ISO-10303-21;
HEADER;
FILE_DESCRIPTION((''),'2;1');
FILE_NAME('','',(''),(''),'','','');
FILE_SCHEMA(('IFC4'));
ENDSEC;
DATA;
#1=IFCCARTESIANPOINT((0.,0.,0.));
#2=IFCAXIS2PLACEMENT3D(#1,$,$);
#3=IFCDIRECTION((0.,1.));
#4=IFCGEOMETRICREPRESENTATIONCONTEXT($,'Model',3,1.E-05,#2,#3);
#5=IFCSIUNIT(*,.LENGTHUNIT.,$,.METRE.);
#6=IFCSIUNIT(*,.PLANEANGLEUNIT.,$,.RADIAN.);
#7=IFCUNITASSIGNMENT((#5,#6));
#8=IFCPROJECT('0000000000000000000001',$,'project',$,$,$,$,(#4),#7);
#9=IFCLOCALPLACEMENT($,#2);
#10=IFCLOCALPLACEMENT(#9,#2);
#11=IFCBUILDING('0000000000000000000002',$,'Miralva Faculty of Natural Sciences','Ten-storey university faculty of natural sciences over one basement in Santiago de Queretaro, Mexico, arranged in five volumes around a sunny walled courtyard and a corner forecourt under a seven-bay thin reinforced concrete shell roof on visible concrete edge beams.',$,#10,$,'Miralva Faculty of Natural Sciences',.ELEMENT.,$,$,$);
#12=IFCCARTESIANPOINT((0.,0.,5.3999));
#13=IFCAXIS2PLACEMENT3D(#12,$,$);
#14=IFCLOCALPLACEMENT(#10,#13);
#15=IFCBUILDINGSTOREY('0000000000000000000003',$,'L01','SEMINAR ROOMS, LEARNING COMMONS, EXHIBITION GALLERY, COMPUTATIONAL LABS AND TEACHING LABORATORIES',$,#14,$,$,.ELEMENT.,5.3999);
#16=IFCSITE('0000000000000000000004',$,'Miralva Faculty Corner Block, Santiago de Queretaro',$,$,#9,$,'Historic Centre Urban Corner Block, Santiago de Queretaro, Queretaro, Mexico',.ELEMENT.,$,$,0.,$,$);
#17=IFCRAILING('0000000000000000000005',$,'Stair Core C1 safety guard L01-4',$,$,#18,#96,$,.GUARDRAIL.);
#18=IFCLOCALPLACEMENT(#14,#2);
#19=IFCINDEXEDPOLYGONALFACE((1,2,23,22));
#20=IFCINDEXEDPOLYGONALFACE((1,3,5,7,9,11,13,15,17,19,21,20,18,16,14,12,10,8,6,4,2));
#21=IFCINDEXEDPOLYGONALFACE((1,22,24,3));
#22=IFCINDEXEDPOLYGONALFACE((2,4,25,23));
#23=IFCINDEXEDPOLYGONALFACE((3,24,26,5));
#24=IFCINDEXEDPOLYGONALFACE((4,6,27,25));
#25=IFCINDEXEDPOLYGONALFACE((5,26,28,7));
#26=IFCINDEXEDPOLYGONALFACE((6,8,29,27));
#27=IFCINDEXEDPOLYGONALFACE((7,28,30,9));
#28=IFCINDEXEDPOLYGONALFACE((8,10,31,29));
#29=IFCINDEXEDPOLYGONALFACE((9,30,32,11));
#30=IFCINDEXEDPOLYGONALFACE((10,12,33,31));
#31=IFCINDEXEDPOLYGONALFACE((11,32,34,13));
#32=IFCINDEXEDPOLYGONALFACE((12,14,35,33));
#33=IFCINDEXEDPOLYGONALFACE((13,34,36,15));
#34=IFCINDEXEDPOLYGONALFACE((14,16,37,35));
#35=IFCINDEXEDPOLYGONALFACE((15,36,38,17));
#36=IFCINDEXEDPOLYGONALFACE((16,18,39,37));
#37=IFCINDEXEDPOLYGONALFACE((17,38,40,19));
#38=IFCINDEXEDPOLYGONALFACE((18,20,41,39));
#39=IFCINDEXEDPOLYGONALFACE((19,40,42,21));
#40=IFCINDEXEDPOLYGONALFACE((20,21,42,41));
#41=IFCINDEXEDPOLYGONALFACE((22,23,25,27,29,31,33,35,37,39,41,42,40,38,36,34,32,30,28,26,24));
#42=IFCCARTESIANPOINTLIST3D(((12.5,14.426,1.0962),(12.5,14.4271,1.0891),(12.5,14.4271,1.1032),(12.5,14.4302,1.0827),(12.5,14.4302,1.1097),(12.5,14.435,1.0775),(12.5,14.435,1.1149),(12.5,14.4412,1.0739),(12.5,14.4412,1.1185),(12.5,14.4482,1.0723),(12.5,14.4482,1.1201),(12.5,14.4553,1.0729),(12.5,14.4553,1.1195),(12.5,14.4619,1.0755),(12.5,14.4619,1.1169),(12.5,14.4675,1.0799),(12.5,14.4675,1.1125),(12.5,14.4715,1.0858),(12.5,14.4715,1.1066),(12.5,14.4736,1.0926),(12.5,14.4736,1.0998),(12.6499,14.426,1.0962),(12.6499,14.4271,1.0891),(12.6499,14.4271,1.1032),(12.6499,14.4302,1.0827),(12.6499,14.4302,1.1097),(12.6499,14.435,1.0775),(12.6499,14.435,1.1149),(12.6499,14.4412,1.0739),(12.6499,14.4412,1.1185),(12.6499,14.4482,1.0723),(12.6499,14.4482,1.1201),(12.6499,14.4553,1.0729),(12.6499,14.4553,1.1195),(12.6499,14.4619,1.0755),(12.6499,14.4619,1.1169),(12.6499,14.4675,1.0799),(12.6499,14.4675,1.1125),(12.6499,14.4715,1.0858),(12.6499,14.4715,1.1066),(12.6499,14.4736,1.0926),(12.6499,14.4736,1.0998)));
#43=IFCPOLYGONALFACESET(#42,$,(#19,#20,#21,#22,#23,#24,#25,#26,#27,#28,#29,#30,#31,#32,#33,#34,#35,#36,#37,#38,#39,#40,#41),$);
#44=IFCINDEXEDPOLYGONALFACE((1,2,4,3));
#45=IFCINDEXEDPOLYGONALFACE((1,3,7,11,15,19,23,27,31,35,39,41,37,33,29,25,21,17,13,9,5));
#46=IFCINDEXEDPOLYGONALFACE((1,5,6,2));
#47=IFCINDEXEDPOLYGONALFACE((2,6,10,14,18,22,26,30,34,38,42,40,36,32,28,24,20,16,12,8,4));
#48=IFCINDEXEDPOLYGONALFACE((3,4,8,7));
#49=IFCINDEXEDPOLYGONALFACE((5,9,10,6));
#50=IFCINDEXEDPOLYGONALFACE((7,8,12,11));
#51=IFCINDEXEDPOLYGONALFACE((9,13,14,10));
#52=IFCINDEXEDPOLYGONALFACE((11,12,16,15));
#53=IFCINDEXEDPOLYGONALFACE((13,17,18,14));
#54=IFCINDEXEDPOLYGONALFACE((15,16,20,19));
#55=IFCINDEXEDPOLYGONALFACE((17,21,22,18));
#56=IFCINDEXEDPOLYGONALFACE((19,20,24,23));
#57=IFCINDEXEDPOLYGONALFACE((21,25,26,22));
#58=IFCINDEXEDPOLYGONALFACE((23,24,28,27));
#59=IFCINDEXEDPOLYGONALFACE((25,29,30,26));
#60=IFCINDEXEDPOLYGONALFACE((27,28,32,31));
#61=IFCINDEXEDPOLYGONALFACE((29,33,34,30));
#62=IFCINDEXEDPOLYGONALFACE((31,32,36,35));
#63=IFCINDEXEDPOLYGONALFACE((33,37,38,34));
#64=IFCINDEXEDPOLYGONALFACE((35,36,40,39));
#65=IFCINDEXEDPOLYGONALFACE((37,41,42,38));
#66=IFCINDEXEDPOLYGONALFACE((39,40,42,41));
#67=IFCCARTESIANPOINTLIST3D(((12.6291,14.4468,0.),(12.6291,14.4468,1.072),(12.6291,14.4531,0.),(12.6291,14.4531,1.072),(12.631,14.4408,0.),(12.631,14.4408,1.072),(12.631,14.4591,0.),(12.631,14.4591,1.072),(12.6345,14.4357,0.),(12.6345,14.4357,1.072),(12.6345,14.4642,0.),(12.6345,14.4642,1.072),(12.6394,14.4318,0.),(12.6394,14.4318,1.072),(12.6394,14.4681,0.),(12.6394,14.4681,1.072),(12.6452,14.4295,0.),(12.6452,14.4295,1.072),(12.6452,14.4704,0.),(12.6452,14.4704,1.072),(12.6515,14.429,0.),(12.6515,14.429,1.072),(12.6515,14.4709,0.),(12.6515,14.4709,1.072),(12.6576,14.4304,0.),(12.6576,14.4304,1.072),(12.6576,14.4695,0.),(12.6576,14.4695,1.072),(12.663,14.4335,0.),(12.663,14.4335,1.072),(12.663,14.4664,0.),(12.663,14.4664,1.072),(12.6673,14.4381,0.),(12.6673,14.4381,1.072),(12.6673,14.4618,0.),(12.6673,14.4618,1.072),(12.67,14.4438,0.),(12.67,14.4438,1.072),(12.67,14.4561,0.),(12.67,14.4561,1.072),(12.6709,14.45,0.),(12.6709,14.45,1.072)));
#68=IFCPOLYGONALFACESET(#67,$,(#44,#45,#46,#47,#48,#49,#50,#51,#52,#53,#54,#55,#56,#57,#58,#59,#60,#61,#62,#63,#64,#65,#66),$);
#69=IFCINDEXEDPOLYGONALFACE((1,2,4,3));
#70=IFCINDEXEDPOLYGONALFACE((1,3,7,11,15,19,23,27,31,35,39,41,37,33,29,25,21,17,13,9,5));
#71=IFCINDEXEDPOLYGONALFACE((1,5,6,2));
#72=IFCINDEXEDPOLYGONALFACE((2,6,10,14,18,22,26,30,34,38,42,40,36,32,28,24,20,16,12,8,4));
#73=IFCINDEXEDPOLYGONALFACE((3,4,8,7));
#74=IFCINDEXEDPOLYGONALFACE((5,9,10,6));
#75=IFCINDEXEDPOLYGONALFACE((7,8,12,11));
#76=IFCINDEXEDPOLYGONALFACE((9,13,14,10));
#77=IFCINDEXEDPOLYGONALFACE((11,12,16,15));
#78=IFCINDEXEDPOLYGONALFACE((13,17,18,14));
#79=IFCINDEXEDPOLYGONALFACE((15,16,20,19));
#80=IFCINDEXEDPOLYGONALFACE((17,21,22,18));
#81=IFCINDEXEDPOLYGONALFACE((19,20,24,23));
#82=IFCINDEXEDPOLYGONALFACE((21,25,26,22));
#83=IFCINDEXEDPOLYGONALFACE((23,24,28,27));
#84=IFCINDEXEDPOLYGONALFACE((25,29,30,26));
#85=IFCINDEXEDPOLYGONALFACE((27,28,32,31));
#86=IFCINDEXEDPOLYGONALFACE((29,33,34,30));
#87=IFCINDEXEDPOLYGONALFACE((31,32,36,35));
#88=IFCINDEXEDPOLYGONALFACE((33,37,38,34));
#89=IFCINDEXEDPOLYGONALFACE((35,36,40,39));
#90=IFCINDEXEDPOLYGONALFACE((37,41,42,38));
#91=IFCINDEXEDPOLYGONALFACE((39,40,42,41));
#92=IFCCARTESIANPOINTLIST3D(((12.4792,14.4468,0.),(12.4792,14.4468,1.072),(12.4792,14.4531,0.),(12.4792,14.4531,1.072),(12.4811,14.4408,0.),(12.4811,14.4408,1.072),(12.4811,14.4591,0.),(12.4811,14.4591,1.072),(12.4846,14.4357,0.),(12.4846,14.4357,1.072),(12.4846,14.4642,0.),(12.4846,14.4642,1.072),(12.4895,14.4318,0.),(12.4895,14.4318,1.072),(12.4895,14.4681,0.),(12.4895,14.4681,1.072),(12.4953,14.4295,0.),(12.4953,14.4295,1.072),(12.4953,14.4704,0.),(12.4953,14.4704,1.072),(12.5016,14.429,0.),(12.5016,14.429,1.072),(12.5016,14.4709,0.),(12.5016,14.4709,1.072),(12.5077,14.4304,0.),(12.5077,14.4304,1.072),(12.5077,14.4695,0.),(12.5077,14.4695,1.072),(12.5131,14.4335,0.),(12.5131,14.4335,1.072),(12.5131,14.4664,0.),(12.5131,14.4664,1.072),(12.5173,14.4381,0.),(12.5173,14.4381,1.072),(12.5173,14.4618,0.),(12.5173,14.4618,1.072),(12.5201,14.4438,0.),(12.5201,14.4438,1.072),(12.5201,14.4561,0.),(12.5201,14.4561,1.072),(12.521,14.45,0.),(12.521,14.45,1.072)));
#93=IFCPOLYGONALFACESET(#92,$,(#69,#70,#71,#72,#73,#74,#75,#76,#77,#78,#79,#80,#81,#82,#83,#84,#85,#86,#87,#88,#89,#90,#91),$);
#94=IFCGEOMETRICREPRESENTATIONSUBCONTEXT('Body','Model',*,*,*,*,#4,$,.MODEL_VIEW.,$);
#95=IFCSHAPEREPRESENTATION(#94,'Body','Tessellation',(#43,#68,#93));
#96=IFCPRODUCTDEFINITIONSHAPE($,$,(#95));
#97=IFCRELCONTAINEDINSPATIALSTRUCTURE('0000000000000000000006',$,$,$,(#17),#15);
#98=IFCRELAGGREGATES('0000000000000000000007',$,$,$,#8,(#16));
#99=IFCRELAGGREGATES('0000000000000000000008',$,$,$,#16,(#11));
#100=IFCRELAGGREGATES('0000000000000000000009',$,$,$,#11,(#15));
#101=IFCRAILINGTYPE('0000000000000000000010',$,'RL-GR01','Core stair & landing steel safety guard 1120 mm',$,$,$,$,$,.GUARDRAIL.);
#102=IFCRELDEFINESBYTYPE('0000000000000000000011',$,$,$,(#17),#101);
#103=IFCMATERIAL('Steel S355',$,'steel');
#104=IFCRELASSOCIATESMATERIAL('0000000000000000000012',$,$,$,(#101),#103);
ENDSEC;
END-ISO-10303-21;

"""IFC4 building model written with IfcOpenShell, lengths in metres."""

from ifc_helpers import new_model, si_unit, direction, frame, origin, origin_2d, place, context, subcontext, project, spatial, circle, extrude, material, type_object, element, save


model = new_model("IFC4")

# Units and contexts
model_context = context("Model", 3, precision=1e-05, world=origin(), true_north=direction((0.0, 1.0)))
body_context = subcontext(model_context, "Body", "Model", "MODEL_VIEW")
ifc_project = project(units=[si_unit("LENGTHUNIT", "METRE"), si_unit("PLANEANGLEUNIT", "RADIAN")], contexts=[model_context])

# Site, building, storey
site_placement = place(None, origin())
site = spatial("IfcSite", under=ifc_project, at=site_placement, Name="Miralva Faculty Corner Block, Santiago de Queretaro", LongName="Historic Centre Urban Corner Block, Santiago de Queretaro, Queretaro, Mexico", CompositionType="ELEMENT", RefElevation=0.0)
building_placement = place(site_placement, origin())
building = spatial("IfcBuilding", under=site, at=building_placement, Name="Miralva Faculty of Natural Sciences", Description="Ten-storey university faculty of natural sciences over one basement in Santiago de Queretaro, Mexico, arranged in five volumes around a sunny walled courtyard and a corner forecourt under a seven-bay thin reinforced concrete shell roof on visible concrete edge beams.", LongName="Miralva Faculty of Natural Sciences", CompositionType="ELEMENT")
storey_placement = place(building_placement, frame((0.0, 0.0, 5.3999)))
storey = spatial("IfcBuildingStorey", under=building, at=storey_placement, Name="L01", Description="SEMINAR ROOMS, LEARNING COMMONS, EXHIBITION GALLERY, COMPUTATIONAL LABS AND TEACHING LABORATORIES", CompositionType="ELEMENT", Elevation=5.3999)

# Railing
ifc_material_1 = material(Name="Steel S355", Category="steel")
railing_type_1 = type_object("IfcRailingType", Name="RL-GR01", Description="Core stair & landing steel safety guard 1120 mm", PredefinedType="GUARDRAIL", material=ifc_material_1)
railing_1_placement = place(storey_placement, frame((12.6499, 14.45, 0.0)))
element("IfcRailing", 1, at=railing_1_placement, inside=storey, type_object=railing_type_1, Name="Stair Core C1 safety guard L01-4", PredefinedType="GUARDRAIL", context=body_context, shape_type="SweptSolid", body=[
    extrude(circle(Radius=0.0239, at=origin_2d()), frame((0.0, 0.0, 1.0962), z_axis=(-1.0, 0.0, 0.0), x_axis=(0.0, -1.0, 0.0)), (0.0, 0.0, 1.0), 0.1499),
    extrude(circle(Radius=0.021, at=origin_2d()), origin(), (0.0, 0.0, 1.0), 1.072),
    extrude(circle(Radius=0.021, at=origin_2d()), frame((-0.1499, 0.0, 0.0)), (0.0, 0.0, 1.0), 1.072),
])

save(model, "model.ifc")
